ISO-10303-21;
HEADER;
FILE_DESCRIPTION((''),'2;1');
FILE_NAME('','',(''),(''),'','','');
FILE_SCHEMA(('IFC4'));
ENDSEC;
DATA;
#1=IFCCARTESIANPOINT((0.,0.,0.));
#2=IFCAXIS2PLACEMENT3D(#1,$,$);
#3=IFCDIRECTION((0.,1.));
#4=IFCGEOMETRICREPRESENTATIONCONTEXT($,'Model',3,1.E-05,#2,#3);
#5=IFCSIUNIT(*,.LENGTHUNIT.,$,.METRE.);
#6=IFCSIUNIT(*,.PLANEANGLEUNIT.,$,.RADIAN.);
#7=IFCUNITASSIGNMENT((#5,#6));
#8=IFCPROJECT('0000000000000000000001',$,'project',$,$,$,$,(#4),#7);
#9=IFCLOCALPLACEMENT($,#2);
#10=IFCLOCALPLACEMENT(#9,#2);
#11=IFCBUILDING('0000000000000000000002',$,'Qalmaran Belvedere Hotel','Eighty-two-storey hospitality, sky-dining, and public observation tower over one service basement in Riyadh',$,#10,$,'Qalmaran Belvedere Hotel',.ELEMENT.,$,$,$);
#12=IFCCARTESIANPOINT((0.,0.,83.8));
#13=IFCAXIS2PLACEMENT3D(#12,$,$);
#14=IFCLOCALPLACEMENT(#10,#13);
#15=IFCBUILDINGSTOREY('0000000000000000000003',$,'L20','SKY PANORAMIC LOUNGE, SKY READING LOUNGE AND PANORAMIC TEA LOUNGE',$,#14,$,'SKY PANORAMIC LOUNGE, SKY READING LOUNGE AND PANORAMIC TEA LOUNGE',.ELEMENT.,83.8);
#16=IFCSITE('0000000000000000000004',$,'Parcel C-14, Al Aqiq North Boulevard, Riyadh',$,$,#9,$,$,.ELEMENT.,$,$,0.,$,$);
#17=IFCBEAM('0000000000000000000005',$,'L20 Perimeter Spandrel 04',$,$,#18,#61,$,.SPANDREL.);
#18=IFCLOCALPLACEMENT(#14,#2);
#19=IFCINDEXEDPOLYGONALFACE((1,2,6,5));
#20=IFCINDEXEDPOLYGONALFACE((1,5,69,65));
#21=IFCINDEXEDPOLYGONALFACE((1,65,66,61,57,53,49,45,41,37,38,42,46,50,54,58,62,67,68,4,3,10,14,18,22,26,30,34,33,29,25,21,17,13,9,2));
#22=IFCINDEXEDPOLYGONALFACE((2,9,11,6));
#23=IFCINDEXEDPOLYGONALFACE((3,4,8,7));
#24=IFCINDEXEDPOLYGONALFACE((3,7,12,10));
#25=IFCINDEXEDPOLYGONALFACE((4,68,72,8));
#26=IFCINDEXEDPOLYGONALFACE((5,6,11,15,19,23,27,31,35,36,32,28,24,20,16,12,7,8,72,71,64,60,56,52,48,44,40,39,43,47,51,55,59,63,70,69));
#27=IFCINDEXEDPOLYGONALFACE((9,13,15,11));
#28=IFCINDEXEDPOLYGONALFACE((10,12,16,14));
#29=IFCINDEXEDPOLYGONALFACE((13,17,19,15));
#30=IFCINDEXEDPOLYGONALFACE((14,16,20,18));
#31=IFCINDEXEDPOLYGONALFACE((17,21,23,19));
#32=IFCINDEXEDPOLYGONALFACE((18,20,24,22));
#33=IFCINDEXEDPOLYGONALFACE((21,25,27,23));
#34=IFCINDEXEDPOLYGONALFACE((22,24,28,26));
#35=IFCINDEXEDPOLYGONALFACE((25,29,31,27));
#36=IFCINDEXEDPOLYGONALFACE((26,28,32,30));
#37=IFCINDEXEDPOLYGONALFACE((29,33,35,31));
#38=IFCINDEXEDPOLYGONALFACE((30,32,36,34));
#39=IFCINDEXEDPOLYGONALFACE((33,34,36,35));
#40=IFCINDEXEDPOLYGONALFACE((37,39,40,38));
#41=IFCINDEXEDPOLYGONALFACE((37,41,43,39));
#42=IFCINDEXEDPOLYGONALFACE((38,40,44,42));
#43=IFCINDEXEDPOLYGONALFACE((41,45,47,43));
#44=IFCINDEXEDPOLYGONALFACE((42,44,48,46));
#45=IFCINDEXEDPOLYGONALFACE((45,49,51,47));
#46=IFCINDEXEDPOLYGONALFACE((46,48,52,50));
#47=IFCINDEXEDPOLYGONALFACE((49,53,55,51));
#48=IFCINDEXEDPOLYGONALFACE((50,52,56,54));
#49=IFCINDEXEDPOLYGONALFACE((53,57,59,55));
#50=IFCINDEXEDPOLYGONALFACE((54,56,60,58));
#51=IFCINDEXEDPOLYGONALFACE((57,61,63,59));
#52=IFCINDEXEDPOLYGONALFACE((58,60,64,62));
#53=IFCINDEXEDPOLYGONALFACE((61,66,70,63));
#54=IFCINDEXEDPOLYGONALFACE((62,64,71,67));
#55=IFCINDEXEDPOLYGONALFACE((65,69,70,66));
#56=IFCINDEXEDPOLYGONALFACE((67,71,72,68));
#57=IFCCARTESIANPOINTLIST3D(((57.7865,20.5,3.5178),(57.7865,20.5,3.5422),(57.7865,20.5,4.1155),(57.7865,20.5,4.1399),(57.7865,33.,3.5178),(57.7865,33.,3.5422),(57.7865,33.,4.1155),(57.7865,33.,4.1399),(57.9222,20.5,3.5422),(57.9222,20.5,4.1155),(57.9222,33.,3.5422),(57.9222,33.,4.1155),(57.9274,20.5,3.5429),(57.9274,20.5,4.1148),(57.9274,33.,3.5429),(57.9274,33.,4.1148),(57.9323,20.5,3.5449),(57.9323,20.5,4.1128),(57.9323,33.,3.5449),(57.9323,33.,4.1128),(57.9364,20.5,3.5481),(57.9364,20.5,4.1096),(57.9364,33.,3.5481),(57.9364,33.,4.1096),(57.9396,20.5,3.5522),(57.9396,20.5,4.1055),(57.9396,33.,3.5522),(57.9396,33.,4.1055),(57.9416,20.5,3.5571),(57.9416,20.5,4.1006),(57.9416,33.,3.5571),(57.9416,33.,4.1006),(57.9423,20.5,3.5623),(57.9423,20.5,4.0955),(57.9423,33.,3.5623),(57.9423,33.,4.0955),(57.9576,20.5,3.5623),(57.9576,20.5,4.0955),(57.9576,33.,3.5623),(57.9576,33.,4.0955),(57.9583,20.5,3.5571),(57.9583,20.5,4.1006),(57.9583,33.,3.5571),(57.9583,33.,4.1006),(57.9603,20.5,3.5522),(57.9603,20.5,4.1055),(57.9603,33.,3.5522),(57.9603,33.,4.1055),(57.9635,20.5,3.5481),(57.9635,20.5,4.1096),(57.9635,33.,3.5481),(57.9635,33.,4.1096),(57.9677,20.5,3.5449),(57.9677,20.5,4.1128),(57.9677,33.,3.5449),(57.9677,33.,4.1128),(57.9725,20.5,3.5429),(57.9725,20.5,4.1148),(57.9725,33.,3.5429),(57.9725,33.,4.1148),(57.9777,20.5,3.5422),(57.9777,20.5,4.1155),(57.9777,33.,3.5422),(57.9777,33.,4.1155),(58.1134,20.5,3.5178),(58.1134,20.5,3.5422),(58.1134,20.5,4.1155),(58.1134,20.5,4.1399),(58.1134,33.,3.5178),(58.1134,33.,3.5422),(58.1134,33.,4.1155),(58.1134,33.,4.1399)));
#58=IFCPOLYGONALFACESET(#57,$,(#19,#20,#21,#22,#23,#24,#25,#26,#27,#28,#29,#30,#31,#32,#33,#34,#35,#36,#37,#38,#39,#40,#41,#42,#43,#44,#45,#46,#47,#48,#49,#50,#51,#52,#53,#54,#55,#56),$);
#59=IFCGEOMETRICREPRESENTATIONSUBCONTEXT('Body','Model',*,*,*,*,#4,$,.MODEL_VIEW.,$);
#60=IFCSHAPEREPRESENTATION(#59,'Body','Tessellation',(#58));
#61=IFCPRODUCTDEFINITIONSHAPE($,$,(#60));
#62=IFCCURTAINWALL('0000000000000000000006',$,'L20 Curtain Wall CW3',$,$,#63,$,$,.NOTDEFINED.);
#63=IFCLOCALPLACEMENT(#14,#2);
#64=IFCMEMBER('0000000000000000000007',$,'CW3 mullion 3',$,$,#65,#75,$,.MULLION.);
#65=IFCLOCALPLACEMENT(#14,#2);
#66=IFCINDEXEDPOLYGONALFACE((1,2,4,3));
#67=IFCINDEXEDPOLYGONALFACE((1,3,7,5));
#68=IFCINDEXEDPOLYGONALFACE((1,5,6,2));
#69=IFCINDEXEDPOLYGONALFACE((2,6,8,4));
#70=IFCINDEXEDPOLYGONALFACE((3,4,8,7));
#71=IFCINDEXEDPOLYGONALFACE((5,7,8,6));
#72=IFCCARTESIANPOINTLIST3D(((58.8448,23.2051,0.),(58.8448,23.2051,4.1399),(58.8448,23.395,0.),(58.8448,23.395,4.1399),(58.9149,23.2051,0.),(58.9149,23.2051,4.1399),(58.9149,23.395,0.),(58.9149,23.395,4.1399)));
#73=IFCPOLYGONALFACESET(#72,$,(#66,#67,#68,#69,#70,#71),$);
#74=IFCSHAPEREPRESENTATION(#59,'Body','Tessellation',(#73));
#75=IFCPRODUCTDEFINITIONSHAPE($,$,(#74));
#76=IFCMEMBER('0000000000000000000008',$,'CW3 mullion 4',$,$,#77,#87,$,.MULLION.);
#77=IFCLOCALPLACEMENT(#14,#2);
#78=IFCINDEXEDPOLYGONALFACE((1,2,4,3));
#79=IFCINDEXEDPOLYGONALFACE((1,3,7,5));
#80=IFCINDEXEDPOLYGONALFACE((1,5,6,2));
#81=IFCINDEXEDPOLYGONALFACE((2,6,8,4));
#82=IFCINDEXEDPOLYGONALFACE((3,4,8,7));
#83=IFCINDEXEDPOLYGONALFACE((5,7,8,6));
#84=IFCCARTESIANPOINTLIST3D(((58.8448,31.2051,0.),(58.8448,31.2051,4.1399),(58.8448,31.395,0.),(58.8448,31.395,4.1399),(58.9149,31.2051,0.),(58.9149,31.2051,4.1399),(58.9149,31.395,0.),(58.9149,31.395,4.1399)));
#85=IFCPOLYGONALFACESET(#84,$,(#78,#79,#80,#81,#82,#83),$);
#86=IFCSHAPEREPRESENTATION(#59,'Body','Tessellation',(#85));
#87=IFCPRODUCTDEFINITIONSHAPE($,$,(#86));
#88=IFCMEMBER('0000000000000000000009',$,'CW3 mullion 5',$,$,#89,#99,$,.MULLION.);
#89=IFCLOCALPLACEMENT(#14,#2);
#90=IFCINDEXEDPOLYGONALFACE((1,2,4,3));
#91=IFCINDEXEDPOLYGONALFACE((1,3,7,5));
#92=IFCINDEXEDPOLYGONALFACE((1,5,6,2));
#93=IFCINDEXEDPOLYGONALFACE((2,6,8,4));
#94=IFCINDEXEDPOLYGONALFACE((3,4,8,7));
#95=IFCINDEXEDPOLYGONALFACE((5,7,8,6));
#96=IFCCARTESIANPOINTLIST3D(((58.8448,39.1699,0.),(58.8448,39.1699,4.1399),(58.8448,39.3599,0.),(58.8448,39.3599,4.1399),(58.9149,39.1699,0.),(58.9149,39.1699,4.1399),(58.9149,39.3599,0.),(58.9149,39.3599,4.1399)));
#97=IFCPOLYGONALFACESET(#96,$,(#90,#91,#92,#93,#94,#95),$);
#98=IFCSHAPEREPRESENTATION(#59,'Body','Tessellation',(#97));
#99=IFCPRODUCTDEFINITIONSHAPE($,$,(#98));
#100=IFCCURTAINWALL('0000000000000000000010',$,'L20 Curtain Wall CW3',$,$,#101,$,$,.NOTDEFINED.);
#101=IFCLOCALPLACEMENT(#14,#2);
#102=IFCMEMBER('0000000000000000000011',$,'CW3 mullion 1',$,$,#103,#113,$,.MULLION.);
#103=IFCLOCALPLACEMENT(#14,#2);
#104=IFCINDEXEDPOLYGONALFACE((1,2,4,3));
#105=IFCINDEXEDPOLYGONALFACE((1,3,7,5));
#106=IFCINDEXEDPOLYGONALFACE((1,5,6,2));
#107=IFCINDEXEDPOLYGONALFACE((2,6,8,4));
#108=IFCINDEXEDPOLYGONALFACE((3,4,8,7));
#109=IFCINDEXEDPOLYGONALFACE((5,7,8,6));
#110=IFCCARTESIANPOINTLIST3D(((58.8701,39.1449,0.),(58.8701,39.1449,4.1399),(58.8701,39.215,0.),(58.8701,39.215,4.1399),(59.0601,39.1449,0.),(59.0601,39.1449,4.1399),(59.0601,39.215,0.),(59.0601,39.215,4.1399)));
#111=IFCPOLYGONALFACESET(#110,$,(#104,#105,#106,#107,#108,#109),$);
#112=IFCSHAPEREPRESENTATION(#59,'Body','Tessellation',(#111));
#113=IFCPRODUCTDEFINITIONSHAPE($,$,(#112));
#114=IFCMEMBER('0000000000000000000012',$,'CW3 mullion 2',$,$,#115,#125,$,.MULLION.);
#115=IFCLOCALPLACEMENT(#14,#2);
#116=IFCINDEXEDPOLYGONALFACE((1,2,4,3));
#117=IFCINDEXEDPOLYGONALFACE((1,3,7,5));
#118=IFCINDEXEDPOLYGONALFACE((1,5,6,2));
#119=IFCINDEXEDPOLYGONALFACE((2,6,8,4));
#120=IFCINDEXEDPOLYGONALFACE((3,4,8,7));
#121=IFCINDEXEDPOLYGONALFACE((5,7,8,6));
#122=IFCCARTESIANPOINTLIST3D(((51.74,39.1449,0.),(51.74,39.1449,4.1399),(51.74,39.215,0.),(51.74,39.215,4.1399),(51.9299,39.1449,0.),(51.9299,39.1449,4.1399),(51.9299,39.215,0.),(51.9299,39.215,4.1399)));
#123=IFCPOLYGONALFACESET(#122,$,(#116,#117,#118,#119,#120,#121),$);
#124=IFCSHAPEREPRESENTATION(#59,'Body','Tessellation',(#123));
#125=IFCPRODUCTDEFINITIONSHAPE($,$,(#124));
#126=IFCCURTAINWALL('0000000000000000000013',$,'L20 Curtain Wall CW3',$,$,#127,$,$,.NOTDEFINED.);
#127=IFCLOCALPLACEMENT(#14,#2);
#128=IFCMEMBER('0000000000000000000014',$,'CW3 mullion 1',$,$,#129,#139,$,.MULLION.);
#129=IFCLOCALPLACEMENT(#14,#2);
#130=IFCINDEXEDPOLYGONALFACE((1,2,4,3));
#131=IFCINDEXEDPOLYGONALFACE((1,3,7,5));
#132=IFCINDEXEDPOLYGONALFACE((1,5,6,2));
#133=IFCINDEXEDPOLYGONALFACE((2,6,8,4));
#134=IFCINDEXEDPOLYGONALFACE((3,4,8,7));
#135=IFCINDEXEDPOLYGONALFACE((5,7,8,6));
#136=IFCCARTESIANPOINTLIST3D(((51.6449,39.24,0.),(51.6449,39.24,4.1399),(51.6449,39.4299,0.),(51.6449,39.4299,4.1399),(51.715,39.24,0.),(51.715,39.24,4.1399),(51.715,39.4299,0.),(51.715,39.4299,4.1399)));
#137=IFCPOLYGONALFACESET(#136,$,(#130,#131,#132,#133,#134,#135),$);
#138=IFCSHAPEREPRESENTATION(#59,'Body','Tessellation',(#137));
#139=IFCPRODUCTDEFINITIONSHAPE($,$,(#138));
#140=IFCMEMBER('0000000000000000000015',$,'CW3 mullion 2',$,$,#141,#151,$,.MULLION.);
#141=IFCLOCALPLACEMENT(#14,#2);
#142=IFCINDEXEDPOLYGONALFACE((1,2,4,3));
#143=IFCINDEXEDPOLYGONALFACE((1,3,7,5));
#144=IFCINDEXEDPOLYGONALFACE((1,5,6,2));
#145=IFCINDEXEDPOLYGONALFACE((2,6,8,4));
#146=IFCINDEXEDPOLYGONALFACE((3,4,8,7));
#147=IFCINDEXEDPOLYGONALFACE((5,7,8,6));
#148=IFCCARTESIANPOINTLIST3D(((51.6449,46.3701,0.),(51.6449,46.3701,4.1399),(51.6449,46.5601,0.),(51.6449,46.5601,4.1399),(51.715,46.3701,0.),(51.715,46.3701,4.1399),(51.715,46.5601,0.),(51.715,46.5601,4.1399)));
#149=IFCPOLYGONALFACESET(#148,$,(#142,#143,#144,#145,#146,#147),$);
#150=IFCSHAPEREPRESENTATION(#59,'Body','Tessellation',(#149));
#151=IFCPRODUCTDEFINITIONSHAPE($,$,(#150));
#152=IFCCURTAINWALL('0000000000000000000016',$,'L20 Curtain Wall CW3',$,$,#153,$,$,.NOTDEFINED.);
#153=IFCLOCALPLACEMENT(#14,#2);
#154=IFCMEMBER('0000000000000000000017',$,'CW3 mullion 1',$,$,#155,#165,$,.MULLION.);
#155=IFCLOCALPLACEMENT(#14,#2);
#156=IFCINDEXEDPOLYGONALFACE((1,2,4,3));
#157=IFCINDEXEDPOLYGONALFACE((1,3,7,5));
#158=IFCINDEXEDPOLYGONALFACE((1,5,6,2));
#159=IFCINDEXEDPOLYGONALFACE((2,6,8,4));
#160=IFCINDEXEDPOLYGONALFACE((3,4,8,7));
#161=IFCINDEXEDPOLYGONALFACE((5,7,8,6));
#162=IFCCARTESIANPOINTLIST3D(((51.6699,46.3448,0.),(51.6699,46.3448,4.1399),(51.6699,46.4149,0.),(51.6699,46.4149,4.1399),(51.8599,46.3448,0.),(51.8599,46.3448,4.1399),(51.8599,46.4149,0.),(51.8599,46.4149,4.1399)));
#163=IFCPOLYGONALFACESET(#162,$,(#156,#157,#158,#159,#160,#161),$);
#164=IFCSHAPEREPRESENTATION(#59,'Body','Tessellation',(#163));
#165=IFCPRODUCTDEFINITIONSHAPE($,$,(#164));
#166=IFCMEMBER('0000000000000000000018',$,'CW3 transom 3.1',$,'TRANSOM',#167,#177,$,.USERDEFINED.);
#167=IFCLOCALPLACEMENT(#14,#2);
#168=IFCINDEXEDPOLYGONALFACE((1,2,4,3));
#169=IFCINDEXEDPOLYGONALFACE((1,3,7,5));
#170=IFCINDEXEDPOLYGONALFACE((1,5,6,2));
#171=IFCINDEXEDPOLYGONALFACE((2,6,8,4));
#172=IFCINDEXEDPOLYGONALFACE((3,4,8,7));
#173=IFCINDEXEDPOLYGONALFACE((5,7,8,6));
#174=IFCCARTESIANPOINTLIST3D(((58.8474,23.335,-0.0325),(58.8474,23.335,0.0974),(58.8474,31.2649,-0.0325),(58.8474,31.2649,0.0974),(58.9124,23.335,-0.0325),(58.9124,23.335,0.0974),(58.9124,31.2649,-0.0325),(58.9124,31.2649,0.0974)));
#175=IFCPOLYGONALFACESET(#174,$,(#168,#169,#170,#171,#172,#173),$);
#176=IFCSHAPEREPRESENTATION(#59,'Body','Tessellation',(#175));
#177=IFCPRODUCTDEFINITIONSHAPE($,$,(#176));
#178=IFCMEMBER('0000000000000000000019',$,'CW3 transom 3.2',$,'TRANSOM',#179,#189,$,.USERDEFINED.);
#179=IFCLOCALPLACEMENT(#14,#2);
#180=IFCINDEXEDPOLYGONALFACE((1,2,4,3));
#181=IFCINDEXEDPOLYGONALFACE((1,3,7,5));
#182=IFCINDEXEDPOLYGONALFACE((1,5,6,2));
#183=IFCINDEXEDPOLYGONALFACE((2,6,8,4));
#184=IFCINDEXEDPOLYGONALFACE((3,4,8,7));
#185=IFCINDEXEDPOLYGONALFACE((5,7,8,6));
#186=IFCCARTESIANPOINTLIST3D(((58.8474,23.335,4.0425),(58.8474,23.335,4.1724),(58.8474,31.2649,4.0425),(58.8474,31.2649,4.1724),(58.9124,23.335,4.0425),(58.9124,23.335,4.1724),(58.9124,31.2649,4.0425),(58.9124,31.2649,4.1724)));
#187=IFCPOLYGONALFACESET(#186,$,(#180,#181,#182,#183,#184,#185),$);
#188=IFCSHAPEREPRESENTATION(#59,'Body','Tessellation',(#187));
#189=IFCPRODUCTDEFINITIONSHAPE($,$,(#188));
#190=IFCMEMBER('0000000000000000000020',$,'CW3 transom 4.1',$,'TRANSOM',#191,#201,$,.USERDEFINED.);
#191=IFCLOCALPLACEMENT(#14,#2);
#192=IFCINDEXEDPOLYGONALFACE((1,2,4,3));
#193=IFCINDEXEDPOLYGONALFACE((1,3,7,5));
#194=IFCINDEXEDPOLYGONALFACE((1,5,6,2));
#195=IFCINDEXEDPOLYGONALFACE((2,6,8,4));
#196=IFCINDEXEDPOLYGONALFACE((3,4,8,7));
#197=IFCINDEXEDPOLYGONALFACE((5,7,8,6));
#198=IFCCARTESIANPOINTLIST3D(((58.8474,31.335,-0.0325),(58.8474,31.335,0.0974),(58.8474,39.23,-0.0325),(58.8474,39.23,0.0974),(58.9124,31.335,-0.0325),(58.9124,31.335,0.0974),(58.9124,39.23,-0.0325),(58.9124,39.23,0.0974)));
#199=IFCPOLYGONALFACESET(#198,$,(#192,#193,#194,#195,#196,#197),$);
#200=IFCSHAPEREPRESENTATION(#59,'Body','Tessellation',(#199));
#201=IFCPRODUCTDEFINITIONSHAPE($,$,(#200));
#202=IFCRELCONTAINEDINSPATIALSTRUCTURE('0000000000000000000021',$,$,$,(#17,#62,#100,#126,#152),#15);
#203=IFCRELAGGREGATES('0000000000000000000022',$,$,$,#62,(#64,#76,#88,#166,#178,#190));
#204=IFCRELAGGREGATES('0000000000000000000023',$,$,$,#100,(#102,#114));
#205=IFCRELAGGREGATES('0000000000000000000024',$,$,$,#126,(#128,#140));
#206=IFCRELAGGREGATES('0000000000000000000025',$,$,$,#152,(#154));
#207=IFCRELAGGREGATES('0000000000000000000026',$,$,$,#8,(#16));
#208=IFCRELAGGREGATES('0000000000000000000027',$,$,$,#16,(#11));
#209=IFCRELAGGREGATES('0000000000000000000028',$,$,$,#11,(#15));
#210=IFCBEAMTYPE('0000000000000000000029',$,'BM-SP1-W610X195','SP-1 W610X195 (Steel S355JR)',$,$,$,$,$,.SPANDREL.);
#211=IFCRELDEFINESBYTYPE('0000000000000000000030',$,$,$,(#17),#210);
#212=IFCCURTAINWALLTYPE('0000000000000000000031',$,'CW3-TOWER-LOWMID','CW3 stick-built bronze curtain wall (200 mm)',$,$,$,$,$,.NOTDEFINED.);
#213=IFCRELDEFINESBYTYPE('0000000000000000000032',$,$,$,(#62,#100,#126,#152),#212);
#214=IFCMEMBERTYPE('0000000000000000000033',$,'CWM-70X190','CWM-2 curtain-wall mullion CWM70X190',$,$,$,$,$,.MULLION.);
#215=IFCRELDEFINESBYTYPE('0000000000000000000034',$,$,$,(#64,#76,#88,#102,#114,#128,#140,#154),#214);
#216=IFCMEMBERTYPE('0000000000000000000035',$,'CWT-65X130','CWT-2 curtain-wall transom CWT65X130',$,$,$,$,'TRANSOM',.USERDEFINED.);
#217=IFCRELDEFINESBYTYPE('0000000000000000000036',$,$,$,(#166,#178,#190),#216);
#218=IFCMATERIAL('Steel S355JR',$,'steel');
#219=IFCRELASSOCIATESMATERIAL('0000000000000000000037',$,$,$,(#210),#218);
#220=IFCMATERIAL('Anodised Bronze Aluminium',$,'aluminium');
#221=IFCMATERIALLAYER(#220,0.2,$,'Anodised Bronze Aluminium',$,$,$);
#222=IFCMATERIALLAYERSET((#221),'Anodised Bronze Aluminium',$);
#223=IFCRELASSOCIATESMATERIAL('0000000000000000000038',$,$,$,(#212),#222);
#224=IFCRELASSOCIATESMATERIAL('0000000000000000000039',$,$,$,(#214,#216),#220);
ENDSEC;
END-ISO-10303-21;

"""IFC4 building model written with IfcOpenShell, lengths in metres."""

from ifc_helpers import new_model, si_unit, direction, frame, origin, origin_2d, place, context, subcontext, project, spatial, rectangle, i_section, extrude, material, layer, layer_set, material_profile, profile_set, type_object, element, aggregate, save


model = new_model("IFC4")

# Units and contexts
model_context = context("Model", 3, precision=1e-05, world=origin(), true_north=direction((0.0, 1.0)))
body_context = subcontext(model_context, "Body", "Model", "MODEL_VIEW")
ifc_project = project(units=[si_unit("LENGTHUNIT", "METRE"), si_unit("PLANEANGLEUNIT", "RADIAN")], contexts=[model_context])

# Site, building, storey
site_placement = place(None, origin())
site = spatial("IfcSite", under=ifc_project, at=site_placement, Name="Parcel C-14, Al Aqiq North Boulevard, Riyadh", CompositionType="ELEMENT", RefElevation=0.0)
building_placement = place(site_placement, origin())
building = spatial("IfcBuilding", under=site, at=building_placement, Name="Qalmaran Belvedere Hotel", Description="Eighty-two-storey hospitality, sky-dining, and public observation tower over one service basement in Riyadh", LongName="Qalmaran Belvedere Hotel", CompositionType="ELEMENT")
storey_placement = place(building_placement, frame((0.0, 0.0, 83.8)))
storey = spatial("IfcBuildingStorey", under=building, at=storey_placement, Name="L20", Description="SKY PANORAMIC LOUNGE, SKY READING LOUNGE AND PANORAMIC TEA LOUNGE", LongName="SKY PANORAMIC LOUNGE, SKY READING LOUNGE AND PANORAMIC TEA LOUNGE", CompositionType="ELEMENT", Elevation=83.8)

# Beam
ifc_material_1 = material(Name="Steel S355JR", Category="steel")
ifc_material_profile_1 = material_profile(ifc_material_1, i_section(OverallWidth=0.3269, OverallDepth=0.6221, WebThickness=0.0154, FlangeThickness=0.0244, FilletRadius=0.02, at=origin_2d()), Name="W610X195")
ifc_profile_set_1 = profile_set([ifc_material_profile_1], Name="Steel S355JR")
beam_type_1 = type_object("IfcBeamType", Name="BM-SP1-W610X195", Description="SP-1 W610X195 (Steel S355JR)", PredefinedType="SPANDREL", material=ifc_profile_set_1)
beam_1_placement = place(storey_placement, frame((57.95, 20.5, 3.8289), z_axis=(0.0, 1.0, 0.0), x_axis=(-1.0, 0.0, 0.0)))
element("IfcBeam", 1, at=beam_1_placement, inside=storey, type_object=beam_type_1, Name="L20 Perimeter Spandrel 04", PredefinedType="SPANDREL", context=body_context, shape_type="SweptSolid", body=[
    extrude(i_section(OverallWidth=0.3269, OverallDepth=0.6221, WebThickness=0.0154, FlangeThickness=0.0244, FilletRadius=0.02, at=origin_2d()), origin(), (0.0, 0.0, 1.0), 12.5),
])

# Curtain walls, members
ifc_material_2 = material(Name="Anodised Bronze Aluminium", Category="aluminium")
ifc_layer_1 = layer(ifc_material_2, 0.2, Name="Anodised Bronze Aluminium")
ifc_layer_set_1 = layer_set([ifc_layer_1], Name="Anodised Bronze Aluminium")
curtain_wall_type = type_object("IfcCurtainWallType", Name="CW3-TOWER-LOWMID", Description="CW3 stick-built bronze curtain wall (200 mm)", PredefinedType="NOTDEFINED", material=ifc_layer_set_1)
curtain_wall_1_placement = place(storey_placement, origin())
curtain_wall_1 = element("IfcCurtainWall", 2, at=curtain_wall_1_placement, inside=storey, type_object=curtain_wall_type, Name="L20 Curtain Wall CW3", PredefinedType="NOTDEFINED")
ifc_material_profile_2 = material_profile(ifc_material_2, rectangle(XDim=0.0701, YDim=0.1899, at=origin_2d()), Name="CWM70X190")
ifc_profile_set_2 = profile_set([ifc_material_profile_2], Name="Anodised Bronze Aluminium")
member_type_1 = type_object("IfcMemberType", Name="CWM-70X190", Description="CWM-2 curtain-wall mullion CWM70X190", PredefinedType="MULLION", material=ifc_profile_set_2)
member_1_placement = place(storey_placement, frame((58.8799, 23.3, 0.0), z_axis=(0.0, 0.0, 1.0), x_axis=(-1.0, 0.0, 0.0)))
member_1 = element("IfcMember", 3, at=member_1_placement, type_object=member_type_1, Name="CW3 mullion 3", PredefinedType="MULLION", context=body_context, shape_type="SweptSolid", body=[
    extrude(rectangle(XDim=0.0701, YDim=0.1899, at=origin_2d()), origin(), (0.0, 0.0, 1.0), 4.1399),
])
member_2_placement = place(storey_placement, frame((58.8799, 31.3, 0.0), z_axis=(0.0, 0.0, 1.0), x_axis=(-1.0, 0.0, 0.0)))
member_2 = element("IfcMember", 4, at=member_2_placement, type_object=member_type_1, Name="CW3 mullion 4", PredefinedType="MULLION", context=body_context, shape_type="SweptSolid", body=[
    extrude(rectangle(XDim=0.0701, YDim=0.1899, at=origin_2d()), origin(), (0.0, 0.0, 1.0), 4.1399),
])
member_3_placement = place(storey_placement, frame((58.8799, 39.2649, 0.0), z_axis=(0.0, 0.0, 1.0), x_axis=(-1.0, 0.0, 0.0)))
member_3 = element("IfcMember", 5, at=member_3_placement, type_object=member_type_1, Name="CW3 mullion 5", PredefinedType="MULLION", context=body_context, shape_type="SweptSolid", body=[
    extrude(rectangle(XDim=0.0701, YDim=0.1899, at=origin_2d()), origin(), (0.0, 0.0, 1.0), 4.1399),
])
curtain_wall_2_placement = place(storey_placement, origin())
curtain_wall_2 = element("IfcCurtainWall", 6, at=curtain_wall_2_placement, inside=storey, type_object=curtain_wall_type, Name="L20 Curtain Wall CW3", PredefinedType="NOTDEFINED")
member_4_placement = place(storey_placement, frame((58.9651, 39.1799, 0.0), z_axis=(0.0, 0.0, 1.0), x_axis=(0.0, -1.0, 0.0)))
member_4 = element("IfcMember", 7, at=member_4_placement, type_object=member_type_1, Name="CW3 mullion 1", PredefinedType="MULLION", context=body_context, shape_type="SweptSolid", body=[
    extrude(rectangle(XDim=0.0701, YDim=0.1899, at=origin_2d()), origin(), (0.0, 0.0, 1.0), 4.1399),
])
member_5_placement = place(storey_placement, frame((51.835, 39.1799, 0.0), z_axis=(0.0, 0.0, 1.0), x_axis=(0.0, -1.0, 0.0)))
member_5 = element("IfcMember", 8, at=member_5_placement, type_object=member_type_1, Name="CW3 mullion 2", PredefinedType="MULLION", context=body_context, shape_type="SweptSolid", body=[
    extrude(rectangle(XDim=0.0701, YDim=0.1899, at=origin_2d()), origin(), (0.0, 0.0, 1.0), 4.1399),
])
curtain_wall_3_placement = place(storey_placement, origin())
curtain_wall_3 = element("IfcCurtainWall", 9, at=curtain_wall_3_placement, inside=storey, type_object=curtain_wall_type, Name="L20 Curtain Wall CW3", PredefinedType="NOTDEFINED")
member_6_placement = place(storey_placement, frame((51.6799, 39.335, 0.0), z_axis=(0.0, 0.0, 1.0), x_axis=(-1.0, 0.0, 0.0)))
member_6 = element("IfcMember", 10, at=member_6_placement, type_object=member_type_1, Name="CW3 mullion 1", PredefinedType="MULLION", context=body_context, shape_type="SweptSolid", body=[
    extrude(rectangle(XDim=0.0701, YDim=0.1899, at=origin_2d()), origin(), (0.0, 0.0, 1.0), 4.1399),
])
member_7_placement = place(storey_placement, frame((51.6799, 46.4651, 0.0), z_axis=(0.0, 0.0, 1.0), x_axis=(-1.0, 0.0, 0.0)))
member_7 = element("IfcMember", 11, at=member_7_placement, type_object=member_type_1, Name="CW3 mullion 2", PredefinedType="MULLION", context=body_context, shape_type="SweptSolid", body=[
    extrude(rectangle(XDim=0.0701, YDim=0.1899, at=origin_2d()), origin(), (0.0, 0.0, 1.0), 4.1399),
])

# Curtain wall, member
curtain_wall_4_placement = place(storey_placement, origin())
curtain_wall_4 = element("IfcCurtainWall", 12, at=curtain_wall_4_placement, inside=storey, type_object=curtain_wall_type, Name="L20 Curtain Wall CW3", PredefinedType="NOTDEFINED")
member_8_placement = place(storey_placement, frame((51.7649, 46.3799, 0.0), z_axis=(0.0, 0.0, 1.0), x_axis=(0.0, -1.0, 0.0)))
member_8 = element("IfcMember", 13, at=member_8_placement, type_object=member_type_1, Name="CW3 mullion 1", PredefinedType="MULLION", context=body_context, shape_type="SweptSolid", body=[
    extrude(rectangle(XDim=0.0701, YDim=0.1899, at=origin_2d()), origin(), (0.0, 0.0, 1.0), 4.1399),
])

# Members
ifc_material_profile_3 = material_profile(ifc_material_2, rectangle(XDim=0.0649, YDim=0.1299, at=origin_2d()), Name="CWT65X130")
ifc_profile_set_3 = profile_set([ifc_material_profile_3], Name="Anodised Bronze Aluminium")
member_type_2 = type_object("IfcMemberType", Name="CWT-65X130", Description="CWT-2 curtain-wall transom CWT65X130", ElementType="TRANSOM", PredefinedType="USERDEFINED", material=ifc_profile_set_3)
member_9_placement = place(storey_placement, frame((58.8799, 23.335, 0.0325), z_axis=(0.0, 1.0, 0.0), x_axis=(-1.0, 0.0, 0.0)))
member_9 = element("IfcMember", 14, at=member_9_placement, type_object=member_type_2, Name="CW3 transom 3.1", ObjectType="TRANSOM", PredefinedType="USERDEFINED", context=body_context, shape_type="SweptSolid", body=[
    extrude(rectangle(XDim=0.0649, YDim=0.1299, at=origin_2d()), origin(), (0.0, 0.0, 1.0), 7.9299),
])
member_10_placement = place(storey_placement, frame((58.8799, 23.335, 4.1074), z_axis=(0.0, 1.0, 0.0), x_axis=(-1.0, 0.0, 0.0)))
member_10 = element("IfcMember", 15, at=member_10_placement, type_object=member_type_2, Name="CW3 transom 3.2", ObjectType="TRANSOM", PredefinedType="USERDEFINED", context=body_context, shape_type="SweptSolid", body=[
    extrude(rectangle(XDim=0.0649, YDim=0.1299, at=origin_2d()), origin(), (0.0, 0.0, 1.0), 7.9299),
])
member_11_placement = place(storey_placement, frame((58.8799, 31.335, 0.0325), z_axis=(0.0, 1.0, 0.0), x_axis=(-1.0, 0.0, 0.0)))
member_11 = element("IfcMember", 16, at=member_11_placement, type_object=member_type_2, Name="CW3 transom 4.1", ObjectType="TRANSOM", PredefinedType="USERDEFINED", context=body_context, shape_type="SweptSolid", body=[
    extrude(rectangle(XDim=0.0649, YDim=0.1299, at=origin_2d()), origin(), (0.0, 0.0, 1.0), 7.895),
])

aggregate(curtain_wall_1, [member_1, member_2, member_3, member_9, member_10, member_11])
aggregate(curtain_wall_2, [member_4, member_5])
aggregate(curtain_wall_3, [member_6, member_7])
aggregate(curtain_wall_4, [member_8])

save(model, "model.ifc")
